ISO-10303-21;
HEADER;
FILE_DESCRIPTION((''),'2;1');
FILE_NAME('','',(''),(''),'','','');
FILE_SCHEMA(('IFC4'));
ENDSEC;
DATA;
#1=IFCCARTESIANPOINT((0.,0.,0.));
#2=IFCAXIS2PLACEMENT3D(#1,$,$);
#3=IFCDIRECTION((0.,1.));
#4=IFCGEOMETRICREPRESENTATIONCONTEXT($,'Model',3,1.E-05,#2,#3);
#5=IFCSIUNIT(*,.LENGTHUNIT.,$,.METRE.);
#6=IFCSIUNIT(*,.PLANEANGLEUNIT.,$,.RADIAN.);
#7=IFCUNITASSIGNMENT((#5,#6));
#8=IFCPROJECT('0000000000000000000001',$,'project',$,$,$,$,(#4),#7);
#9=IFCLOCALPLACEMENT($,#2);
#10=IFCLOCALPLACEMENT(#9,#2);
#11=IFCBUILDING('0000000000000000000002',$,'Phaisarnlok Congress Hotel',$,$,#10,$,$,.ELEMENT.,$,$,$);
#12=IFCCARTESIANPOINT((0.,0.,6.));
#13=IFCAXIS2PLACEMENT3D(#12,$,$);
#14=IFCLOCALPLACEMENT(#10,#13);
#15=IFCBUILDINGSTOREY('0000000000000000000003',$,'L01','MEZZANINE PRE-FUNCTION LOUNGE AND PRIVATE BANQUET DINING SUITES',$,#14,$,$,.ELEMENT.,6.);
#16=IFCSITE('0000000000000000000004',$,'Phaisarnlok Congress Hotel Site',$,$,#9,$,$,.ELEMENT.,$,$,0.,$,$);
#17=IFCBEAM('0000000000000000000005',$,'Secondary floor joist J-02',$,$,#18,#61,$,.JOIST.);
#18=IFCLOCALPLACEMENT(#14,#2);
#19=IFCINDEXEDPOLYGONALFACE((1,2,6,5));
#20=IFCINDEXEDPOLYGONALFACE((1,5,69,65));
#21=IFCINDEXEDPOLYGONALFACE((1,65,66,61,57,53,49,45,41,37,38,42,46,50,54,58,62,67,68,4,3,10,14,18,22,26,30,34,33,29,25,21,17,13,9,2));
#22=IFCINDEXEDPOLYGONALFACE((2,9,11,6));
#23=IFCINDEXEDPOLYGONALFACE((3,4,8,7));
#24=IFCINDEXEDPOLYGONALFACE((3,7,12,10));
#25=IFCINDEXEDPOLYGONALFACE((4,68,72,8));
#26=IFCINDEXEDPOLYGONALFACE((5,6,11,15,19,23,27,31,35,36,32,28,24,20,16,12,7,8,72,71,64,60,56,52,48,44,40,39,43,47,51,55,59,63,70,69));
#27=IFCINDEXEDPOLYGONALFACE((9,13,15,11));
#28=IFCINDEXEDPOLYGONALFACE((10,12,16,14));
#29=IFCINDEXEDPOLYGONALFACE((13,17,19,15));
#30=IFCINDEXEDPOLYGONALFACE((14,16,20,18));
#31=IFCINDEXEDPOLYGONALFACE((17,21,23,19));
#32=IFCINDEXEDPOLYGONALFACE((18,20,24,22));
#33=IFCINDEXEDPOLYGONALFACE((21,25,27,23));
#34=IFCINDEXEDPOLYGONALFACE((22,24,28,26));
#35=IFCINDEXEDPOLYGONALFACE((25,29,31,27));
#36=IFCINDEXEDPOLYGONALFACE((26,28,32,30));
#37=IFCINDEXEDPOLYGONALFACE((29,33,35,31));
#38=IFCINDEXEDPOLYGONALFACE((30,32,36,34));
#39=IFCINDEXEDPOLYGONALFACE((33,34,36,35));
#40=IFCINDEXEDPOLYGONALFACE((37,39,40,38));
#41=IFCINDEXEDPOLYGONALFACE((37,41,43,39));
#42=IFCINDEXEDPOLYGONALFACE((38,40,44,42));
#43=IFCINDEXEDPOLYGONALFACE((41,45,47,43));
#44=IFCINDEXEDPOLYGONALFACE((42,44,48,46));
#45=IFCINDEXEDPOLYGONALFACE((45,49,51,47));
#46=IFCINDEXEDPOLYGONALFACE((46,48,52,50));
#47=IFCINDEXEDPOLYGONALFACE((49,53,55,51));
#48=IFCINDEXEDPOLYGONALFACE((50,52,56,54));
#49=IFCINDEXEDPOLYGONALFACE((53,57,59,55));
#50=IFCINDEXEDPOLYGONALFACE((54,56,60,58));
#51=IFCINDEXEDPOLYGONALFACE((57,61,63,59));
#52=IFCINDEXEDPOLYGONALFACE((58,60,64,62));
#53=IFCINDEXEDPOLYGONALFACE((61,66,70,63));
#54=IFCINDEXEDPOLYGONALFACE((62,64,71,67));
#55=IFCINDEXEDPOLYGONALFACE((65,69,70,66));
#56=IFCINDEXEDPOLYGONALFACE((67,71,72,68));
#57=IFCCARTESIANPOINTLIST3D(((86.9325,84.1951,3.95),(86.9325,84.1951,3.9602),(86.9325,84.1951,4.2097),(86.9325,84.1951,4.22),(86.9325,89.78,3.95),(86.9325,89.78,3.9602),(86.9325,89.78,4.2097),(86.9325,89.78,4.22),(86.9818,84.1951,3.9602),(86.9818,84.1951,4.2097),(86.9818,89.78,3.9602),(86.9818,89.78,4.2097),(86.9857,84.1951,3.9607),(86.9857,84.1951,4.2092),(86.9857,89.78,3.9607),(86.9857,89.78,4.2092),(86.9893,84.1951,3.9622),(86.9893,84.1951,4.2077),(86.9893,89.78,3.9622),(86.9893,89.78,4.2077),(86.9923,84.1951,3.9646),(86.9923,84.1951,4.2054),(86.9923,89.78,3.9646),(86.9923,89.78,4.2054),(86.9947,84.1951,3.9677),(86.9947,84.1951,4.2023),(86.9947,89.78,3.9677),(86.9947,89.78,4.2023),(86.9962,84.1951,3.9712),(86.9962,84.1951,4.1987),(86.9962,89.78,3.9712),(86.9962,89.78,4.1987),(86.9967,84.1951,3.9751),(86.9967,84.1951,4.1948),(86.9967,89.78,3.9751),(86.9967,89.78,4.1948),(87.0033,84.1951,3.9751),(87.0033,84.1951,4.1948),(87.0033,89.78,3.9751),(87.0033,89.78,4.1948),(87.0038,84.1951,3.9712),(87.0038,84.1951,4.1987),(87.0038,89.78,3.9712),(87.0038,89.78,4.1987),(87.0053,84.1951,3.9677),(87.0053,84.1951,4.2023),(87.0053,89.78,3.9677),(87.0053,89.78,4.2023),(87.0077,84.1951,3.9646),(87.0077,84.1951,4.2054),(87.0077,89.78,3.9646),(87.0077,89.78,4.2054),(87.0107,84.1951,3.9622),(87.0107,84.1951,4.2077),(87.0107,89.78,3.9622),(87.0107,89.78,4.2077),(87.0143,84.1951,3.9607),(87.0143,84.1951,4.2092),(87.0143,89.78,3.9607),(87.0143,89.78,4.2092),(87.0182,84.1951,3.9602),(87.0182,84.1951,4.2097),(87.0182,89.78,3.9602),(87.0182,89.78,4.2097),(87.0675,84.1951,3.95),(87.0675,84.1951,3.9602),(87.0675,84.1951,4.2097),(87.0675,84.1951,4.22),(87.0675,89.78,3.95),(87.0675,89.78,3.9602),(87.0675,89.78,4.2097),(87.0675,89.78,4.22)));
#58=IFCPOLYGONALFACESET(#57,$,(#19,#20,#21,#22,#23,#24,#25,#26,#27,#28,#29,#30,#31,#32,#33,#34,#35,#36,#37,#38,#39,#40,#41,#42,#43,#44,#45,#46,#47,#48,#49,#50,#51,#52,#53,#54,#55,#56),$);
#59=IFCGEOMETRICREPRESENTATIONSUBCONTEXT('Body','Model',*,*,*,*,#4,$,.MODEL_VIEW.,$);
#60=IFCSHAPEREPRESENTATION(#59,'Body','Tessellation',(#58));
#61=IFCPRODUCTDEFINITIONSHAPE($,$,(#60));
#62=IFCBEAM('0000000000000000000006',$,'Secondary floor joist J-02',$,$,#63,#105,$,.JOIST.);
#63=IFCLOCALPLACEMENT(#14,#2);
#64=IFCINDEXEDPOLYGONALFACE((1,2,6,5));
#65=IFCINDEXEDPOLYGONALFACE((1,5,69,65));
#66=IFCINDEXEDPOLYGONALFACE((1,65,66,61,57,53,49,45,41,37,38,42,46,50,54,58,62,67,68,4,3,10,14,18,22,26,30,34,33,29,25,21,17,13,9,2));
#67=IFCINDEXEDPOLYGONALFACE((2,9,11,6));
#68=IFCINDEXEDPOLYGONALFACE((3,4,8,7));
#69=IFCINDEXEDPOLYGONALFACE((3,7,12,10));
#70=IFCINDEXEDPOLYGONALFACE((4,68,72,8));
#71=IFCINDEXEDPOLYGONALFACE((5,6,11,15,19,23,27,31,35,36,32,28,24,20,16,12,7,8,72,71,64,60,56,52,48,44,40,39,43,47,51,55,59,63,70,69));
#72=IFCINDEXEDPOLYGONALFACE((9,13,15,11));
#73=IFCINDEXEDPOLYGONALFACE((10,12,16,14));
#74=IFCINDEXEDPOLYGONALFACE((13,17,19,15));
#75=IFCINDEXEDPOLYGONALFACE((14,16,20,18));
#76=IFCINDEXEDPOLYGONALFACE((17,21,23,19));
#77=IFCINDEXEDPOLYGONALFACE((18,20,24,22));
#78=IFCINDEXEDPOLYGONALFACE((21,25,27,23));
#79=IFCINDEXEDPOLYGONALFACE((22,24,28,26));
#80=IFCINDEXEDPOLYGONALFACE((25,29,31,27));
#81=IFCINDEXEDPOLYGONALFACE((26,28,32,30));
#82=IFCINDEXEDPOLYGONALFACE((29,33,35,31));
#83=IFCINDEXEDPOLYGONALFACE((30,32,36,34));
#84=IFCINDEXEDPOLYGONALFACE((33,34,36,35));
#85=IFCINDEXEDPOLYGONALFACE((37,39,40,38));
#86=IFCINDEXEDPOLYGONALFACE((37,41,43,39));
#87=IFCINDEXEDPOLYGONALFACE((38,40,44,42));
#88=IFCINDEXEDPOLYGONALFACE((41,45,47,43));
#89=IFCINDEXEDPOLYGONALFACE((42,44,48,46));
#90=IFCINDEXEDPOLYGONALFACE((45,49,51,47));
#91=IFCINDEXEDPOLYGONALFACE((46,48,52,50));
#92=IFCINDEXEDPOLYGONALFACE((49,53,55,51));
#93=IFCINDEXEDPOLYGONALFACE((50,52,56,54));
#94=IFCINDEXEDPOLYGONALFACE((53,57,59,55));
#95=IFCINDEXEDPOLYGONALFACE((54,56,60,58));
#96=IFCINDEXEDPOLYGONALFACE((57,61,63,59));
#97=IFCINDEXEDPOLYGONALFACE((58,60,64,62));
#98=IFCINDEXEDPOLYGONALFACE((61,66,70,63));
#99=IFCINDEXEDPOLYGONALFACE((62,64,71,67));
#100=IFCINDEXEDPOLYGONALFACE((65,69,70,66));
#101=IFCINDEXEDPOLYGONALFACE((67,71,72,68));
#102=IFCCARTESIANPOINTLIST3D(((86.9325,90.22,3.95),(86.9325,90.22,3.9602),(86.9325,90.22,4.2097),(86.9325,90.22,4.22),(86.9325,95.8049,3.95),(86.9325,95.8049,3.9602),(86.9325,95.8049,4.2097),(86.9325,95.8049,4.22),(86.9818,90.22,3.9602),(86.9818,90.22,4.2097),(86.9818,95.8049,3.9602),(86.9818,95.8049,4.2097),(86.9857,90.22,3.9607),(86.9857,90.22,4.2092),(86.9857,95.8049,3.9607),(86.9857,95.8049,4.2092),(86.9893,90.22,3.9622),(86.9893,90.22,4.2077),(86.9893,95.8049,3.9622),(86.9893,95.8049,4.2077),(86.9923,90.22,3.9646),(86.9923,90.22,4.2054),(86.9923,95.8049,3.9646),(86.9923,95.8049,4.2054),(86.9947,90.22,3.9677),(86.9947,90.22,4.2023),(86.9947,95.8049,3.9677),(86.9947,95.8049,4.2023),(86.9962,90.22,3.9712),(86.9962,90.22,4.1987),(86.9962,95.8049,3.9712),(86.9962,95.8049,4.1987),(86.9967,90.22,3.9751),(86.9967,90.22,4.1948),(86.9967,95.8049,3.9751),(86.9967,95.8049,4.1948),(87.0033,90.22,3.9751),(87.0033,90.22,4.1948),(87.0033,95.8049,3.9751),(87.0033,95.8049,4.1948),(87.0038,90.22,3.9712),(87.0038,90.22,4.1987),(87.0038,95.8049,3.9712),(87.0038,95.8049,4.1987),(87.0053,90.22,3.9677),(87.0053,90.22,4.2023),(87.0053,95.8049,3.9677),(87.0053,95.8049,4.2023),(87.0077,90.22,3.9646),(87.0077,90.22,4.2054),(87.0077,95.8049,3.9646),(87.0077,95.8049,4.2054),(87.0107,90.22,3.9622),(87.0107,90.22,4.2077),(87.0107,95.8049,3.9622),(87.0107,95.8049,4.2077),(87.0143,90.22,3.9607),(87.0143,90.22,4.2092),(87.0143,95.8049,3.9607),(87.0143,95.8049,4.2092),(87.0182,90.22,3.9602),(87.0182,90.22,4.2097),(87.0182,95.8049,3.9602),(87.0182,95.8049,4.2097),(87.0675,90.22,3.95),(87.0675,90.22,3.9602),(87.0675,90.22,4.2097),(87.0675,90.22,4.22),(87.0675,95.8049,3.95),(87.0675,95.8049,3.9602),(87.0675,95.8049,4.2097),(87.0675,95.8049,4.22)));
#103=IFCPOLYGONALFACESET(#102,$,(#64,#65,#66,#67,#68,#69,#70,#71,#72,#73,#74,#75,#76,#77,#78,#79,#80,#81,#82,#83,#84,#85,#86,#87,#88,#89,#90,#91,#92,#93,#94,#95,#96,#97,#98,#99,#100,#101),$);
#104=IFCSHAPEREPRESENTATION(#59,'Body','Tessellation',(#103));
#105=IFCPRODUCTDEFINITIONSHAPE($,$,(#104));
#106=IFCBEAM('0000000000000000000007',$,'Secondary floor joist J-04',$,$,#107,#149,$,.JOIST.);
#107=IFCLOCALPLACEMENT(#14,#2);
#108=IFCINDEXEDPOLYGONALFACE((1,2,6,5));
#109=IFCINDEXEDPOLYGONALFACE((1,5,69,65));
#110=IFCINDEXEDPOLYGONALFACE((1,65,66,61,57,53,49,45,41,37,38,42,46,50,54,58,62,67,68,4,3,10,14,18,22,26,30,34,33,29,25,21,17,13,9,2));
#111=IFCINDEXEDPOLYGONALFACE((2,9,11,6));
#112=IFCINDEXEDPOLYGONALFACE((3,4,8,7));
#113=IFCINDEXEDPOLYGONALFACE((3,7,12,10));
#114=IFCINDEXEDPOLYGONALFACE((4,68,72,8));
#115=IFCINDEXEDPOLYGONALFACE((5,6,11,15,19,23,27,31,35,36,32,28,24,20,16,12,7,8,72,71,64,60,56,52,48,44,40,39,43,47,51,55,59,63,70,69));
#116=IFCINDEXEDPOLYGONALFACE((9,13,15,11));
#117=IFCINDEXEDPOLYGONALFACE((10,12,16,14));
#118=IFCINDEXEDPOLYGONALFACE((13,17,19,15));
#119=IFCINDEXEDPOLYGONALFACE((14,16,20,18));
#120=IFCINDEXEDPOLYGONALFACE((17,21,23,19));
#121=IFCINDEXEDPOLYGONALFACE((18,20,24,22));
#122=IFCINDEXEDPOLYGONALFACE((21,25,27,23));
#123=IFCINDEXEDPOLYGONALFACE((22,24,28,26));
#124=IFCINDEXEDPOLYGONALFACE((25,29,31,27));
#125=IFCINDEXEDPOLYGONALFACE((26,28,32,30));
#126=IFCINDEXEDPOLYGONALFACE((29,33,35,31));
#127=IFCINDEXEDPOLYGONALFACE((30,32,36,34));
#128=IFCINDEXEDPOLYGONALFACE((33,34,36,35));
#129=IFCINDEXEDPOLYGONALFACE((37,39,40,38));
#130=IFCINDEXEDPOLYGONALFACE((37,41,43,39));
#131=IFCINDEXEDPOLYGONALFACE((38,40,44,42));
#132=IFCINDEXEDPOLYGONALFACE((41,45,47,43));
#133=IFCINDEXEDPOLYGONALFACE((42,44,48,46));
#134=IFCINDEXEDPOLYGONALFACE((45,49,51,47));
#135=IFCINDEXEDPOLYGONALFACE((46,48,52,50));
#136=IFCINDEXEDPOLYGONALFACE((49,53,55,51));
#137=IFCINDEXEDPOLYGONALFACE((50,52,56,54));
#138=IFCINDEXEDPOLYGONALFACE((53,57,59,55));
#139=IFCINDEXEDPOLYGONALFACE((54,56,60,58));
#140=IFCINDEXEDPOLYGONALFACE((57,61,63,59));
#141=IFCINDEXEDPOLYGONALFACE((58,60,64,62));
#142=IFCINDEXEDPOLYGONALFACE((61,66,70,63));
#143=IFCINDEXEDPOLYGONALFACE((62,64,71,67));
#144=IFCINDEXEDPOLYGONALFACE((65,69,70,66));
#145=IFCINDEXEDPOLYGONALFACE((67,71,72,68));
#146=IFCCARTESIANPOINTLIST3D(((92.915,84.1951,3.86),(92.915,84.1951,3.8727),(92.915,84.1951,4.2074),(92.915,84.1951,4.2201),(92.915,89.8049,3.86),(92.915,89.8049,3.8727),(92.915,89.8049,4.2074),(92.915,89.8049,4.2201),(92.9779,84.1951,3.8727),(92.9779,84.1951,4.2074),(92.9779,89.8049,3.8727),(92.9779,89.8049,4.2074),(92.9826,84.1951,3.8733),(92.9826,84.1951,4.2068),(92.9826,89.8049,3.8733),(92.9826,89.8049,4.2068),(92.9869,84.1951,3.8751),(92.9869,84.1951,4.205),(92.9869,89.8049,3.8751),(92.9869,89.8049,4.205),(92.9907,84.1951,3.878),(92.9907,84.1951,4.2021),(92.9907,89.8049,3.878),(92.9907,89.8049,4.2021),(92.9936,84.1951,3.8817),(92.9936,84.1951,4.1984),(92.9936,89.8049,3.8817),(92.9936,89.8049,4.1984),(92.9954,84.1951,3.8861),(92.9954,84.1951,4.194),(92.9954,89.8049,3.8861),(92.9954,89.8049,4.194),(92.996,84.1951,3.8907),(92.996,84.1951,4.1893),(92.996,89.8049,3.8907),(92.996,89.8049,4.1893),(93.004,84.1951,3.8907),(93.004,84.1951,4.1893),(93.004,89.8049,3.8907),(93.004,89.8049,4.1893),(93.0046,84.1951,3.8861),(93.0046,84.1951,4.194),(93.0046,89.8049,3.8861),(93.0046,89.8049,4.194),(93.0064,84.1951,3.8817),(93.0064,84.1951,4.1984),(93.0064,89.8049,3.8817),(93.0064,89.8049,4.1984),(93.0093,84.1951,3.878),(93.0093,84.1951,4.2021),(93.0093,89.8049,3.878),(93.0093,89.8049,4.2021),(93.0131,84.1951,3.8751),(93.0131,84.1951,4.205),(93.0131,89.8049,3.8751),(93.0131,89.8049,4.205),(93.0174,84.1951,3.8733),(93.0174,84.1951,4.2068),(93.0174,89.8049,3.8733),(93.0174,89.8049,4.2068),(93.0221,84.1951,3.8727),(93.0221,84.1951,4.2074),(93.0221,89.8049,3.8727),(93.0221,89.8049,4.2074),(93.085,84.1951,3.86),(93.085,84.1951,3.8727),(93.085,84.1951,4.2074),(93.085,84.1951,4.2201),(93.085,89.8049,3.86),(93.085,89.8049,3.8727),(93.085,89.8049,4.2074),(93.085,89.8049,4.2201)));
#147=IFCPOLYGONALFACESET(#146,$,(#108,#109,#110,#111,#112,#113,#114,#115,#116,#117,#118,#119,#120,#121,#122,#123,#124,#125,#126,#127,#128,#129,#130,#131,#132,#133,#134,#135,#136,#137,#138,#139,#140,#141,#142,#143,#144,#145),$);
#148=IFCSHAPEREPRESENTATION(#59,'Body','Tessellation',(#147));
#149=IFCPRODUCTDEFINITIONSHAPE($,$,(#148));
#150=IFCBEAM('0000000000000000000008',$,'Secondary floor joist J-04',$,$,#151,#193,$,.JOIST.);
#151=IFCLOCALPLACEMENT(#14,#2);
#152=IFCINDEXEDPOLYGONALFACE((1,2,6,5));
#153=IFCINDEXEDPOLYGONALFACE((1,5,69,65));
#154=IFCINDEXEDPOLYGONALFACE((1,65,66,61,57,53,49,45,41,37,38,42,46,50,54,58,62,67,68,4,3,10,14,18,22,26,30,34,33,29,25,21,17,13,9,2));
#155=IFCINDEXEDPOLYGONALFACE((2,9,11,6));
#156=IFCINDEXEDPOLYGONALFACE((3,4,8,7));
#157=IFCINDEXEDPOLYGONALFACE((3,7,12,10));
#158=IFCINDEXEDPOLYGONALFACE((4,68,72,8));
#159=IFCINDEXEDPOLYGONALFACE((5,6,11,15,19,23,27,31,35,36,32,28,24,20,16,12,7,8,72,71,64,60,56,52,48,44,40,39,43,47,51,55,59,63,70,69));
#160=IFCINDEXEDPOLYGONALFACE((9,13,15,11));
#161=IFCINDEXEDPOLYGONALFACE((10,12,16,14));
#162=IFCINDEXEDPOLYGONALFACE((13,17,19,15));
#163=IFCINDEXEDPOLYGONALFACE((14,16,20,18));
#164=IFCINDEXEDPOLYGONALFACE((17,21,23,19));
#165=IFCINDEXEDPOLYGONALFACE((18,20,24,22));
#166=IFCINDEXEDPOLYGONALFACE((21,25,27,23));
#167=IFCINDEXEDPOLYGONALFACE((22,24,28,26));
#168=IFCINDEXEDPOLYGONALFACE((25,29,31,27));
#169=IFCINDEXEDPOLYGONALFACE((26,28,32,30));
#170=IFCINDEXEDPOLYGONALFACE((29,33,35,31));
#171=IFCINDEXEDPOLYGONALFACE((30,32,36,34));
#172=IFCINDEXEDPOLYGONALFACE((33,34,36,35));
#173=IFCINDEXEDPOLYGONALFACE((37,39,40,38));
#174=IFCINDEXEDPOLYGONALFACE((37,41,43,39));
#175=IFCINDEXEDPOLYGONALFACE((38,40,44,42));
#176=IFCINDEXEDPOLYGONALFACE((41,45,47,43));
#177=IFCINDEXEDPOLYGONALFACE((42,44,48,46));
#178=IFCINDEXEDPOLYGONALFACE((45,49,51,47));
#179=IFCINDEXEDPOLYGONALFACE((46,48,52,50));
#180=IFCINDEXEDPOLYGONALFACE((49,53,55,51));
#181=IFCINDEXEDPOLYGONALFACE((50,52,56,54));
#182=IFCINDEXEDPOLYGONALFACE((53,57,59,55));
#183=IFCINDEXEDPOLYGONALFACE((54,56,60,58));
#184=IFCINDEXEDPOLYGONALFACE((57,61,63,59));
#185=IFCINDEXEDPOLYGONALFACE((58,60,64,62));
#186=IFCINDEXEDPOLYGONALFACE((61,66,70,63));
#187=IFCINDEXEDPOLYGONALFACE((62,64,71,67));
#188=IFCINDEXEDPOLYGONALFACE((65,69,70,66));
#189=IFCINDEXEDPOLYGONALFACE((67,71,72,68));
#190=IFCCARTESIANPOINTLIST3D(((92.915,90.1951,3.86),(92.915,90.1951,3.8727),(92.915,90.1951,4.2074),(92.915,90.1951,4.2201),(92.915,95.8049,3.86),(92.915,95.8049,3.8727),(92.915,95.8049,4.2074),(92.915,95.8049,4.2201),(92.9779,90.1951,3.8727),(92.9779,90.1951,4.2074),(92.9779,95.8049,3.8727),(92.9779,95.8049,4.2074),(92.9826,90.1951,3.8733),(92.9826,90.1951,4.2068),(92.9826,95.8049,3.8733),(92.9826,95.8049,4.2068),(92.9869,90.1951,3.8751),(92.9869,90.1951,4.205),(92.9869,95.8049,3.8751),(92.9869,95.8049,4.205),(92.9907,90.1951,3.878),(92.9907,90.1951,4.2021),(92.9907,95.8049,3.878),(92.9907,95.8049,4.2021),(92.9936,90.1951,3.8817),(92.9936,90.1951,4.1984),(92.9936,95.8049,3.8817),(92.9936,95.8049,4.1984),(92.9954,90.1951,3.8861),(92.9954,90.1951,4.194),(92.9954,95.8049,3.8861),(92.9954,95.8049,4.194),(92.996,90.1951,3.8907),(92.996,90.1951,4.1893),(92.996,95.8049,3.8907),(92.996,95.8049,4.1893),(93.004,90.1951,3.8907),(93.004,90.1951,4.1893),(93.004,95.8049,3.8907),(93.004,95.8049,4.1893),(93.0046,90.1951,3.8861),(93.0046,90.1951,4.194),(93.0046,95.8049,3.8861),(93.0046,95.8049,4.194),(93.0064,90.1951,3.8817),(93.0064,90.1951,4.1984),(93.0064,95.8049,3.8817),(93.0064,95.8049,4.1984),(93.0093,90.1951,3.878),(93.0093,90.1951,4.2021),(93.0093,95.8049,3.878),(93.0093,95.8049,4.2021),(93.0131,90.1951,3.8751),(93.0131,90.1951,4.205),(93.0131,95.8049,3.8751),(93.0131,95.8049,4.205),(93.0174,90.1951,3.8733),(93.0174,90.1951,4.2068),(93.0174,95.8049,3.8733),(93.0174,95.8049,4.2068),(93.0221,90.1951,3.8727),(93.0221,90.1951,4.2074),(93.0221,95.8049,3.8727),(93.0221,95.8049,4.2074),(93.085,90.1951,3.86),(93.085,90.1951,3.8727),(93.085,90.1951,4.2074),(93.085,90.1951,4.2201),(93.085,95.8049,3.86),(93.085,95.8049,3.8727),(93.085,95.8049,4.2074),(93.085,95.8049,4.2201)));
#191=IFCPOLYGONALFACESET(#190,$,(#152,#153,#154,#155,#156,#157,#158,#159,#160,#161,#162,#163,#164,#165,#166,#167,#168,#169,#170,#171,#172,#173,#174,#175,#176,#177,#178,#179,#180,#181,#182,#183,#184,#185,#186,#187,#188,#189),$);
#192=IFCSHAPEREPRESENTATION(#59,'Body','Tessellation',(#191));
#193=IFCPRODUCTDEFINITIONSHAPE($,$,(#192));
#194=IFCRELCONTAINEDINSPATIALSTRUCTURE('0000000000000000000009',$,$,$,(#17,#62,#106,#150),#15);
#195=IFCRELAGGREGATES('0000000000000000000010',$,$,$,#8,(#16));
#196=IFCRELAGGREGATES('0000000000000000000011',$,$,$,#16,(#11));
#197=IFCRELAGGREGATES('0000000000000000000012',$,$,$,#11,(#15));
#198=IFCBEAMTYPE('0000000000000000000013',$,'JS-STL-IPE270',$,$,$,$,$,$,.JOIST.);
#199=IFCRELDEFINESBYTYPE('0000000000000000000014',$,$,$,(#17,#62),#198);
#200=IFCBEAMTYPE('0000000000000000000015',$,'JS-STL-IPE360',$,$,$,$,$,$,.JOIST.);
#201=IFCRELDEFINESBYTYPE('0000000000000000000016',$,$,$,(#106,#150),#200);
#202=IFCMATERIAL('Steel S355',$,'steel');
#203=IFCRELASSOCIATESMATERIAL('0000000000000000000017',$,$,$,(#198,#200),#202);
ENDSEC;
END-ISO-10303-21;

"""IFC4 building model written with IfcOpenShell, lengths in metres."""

from ifc_helpers import new_model, si_unit, direction, frame, origin, origin_2d, place, context, subcontext, project, spatial, i_section, extrude, material, material_profile, profile_set, type_object, element, save


model = new_model("IFC4")

# Units and contexts
model_context = context("Model", 3, precision=1e-05, world=origin(), true_north=direction((0.0, 1.0)))
body_context = subcontext(model_context, "Body", "Model", "MODEL_VIEW")
ifc_project = project(units=[si_unit("LENGTHUNIT", "METRE"), si_unit("PLANEANGLEUNIT", "RADIAN")], contexts=[model_context])

# Site, building, storey
site_placement = place(None, origin())
site = spatial("IfcSite", under=ifc_project, at=site_placement, Name="Phaisarnlok Congress Hotel Site", CompositionType="ELEMENT", RefElevation=0.0)
building_placement = place(site_placement, origin())
building = spatial("IfcBuilding", under=site, at=building_placement, Name="Phaisarnlok Congress Hotel", CompositionType="ELEMENT")
storey_placement = place(building_placement, frame((0.0, 0.0, 6.0)))
storey = spatial("IfcBuildingStorey", under=building, at=storey_placement, Name="L01", Description="MEZZANINE PRE-FUNCTION LOUNGE AND PRIVATE BANQUET DINING SUITES", CompositionType="ELEMENT", Elevation=6.0)

# Shared definitions
ifc_material_1 = material(Name="Steel S355", Category="steel")

# Beams
ifc_material_profile_1 = material_profile(ifc_material_1, i_section(OverallWidth=0.135, OverallDepth=0.27, WebThickness=0.0066, FlangeThickness=0.0103, FilletRadius=0.0149, at=origin_2d()), Name="IPE 270")
ifc_profile_set_1 = profile_set([ifc_material_profile_1], Name="Steel S355")
beam_type_1 = type_object("IfcBeamType", Name="JS-STL-IPE270", PredefinedType="JOIST", material=ifc_profile_set_1)
for number, where, z_axis, x_axis, name in (
    (1, (87.0, 84.1951, 4.085), (0.0, 1.0, 0.0), (-1.0, 0.0, 0.0), "Secondary floor joist J-02"),
    (2, (87.0, 90.22, 4.085), (0.0, 1.0, 0.0), (-1.0, 0.0, 0.0), "Secondary floor joist J-02"),
):
    element("IfcBeam", number, at=place(storey_placement, frame(where, z_axis=z_axis, x_axis=x_axis)), inside=storey, type_object=beam_type_1, Name=name, PredefinedType="JOIST", context=body_context, shape_type="SweptSolid", body=[
        extrude(i_section(OverallWidth=0.135, OverallDepth=0.27, WebThickness=0.0066, FlangeThickness=0.0103, FilletRadius=0.0149, at=origin_2d()), origin(), (0.0, 0.0, 1.0), 5.585),
    ])
ifc_material_profile_2 = material_profile(ifc_material_1, i_section(OverallWidth=0.1699, OverallDepth=0.3601, WebThickness=0.0081, FlangeThickness=0.0127, FilletRadius=0.0181, at=origin_2d()), Name="IPE 360")
ifc_profile_set_2 = profile_set([ifc_material_profile_2], Name="Steel S355")
beam_type_2 = type_object("IfcBeamType", Name="JS-STL-IPE360", PredefinedType="JOIST", material=ifc_profile_set_2)
for number, where, z_axis, x_axis, name in (
    (3, (93.0, 84.1951, 4.04), (0.0, 1.0, 0.0), (-1.0, 0.0, 0.0), "Secondary floor joist J-04"),
    (4, (93.0, 90.1951, 4.04), (0.0, 1.0, 0.0), (-1.0, 0.0, 0.0), "Secondary floor joist J-04"),
):
    element("IfcBeam", number, at=place(storey_placement, frame(where, z_axis=z_axis, x_axis=x_axis)), inside=storey, type_object=beam_type_2, Name=name, PredefinedType="JOIST", context=body_context, shape_type="SweptSolid", body=[
        extrude(i_section(OverallWidth=0.1699, OverallDepth=0.3601, WebThickness=0.0081, FlangeThickness=0.0127, FilletRadius=0.0181, at=origin_2d()), origin(), (0.0, 0.0, 1.0), 5.6099),
    ])

save(model, "model.ifc")
